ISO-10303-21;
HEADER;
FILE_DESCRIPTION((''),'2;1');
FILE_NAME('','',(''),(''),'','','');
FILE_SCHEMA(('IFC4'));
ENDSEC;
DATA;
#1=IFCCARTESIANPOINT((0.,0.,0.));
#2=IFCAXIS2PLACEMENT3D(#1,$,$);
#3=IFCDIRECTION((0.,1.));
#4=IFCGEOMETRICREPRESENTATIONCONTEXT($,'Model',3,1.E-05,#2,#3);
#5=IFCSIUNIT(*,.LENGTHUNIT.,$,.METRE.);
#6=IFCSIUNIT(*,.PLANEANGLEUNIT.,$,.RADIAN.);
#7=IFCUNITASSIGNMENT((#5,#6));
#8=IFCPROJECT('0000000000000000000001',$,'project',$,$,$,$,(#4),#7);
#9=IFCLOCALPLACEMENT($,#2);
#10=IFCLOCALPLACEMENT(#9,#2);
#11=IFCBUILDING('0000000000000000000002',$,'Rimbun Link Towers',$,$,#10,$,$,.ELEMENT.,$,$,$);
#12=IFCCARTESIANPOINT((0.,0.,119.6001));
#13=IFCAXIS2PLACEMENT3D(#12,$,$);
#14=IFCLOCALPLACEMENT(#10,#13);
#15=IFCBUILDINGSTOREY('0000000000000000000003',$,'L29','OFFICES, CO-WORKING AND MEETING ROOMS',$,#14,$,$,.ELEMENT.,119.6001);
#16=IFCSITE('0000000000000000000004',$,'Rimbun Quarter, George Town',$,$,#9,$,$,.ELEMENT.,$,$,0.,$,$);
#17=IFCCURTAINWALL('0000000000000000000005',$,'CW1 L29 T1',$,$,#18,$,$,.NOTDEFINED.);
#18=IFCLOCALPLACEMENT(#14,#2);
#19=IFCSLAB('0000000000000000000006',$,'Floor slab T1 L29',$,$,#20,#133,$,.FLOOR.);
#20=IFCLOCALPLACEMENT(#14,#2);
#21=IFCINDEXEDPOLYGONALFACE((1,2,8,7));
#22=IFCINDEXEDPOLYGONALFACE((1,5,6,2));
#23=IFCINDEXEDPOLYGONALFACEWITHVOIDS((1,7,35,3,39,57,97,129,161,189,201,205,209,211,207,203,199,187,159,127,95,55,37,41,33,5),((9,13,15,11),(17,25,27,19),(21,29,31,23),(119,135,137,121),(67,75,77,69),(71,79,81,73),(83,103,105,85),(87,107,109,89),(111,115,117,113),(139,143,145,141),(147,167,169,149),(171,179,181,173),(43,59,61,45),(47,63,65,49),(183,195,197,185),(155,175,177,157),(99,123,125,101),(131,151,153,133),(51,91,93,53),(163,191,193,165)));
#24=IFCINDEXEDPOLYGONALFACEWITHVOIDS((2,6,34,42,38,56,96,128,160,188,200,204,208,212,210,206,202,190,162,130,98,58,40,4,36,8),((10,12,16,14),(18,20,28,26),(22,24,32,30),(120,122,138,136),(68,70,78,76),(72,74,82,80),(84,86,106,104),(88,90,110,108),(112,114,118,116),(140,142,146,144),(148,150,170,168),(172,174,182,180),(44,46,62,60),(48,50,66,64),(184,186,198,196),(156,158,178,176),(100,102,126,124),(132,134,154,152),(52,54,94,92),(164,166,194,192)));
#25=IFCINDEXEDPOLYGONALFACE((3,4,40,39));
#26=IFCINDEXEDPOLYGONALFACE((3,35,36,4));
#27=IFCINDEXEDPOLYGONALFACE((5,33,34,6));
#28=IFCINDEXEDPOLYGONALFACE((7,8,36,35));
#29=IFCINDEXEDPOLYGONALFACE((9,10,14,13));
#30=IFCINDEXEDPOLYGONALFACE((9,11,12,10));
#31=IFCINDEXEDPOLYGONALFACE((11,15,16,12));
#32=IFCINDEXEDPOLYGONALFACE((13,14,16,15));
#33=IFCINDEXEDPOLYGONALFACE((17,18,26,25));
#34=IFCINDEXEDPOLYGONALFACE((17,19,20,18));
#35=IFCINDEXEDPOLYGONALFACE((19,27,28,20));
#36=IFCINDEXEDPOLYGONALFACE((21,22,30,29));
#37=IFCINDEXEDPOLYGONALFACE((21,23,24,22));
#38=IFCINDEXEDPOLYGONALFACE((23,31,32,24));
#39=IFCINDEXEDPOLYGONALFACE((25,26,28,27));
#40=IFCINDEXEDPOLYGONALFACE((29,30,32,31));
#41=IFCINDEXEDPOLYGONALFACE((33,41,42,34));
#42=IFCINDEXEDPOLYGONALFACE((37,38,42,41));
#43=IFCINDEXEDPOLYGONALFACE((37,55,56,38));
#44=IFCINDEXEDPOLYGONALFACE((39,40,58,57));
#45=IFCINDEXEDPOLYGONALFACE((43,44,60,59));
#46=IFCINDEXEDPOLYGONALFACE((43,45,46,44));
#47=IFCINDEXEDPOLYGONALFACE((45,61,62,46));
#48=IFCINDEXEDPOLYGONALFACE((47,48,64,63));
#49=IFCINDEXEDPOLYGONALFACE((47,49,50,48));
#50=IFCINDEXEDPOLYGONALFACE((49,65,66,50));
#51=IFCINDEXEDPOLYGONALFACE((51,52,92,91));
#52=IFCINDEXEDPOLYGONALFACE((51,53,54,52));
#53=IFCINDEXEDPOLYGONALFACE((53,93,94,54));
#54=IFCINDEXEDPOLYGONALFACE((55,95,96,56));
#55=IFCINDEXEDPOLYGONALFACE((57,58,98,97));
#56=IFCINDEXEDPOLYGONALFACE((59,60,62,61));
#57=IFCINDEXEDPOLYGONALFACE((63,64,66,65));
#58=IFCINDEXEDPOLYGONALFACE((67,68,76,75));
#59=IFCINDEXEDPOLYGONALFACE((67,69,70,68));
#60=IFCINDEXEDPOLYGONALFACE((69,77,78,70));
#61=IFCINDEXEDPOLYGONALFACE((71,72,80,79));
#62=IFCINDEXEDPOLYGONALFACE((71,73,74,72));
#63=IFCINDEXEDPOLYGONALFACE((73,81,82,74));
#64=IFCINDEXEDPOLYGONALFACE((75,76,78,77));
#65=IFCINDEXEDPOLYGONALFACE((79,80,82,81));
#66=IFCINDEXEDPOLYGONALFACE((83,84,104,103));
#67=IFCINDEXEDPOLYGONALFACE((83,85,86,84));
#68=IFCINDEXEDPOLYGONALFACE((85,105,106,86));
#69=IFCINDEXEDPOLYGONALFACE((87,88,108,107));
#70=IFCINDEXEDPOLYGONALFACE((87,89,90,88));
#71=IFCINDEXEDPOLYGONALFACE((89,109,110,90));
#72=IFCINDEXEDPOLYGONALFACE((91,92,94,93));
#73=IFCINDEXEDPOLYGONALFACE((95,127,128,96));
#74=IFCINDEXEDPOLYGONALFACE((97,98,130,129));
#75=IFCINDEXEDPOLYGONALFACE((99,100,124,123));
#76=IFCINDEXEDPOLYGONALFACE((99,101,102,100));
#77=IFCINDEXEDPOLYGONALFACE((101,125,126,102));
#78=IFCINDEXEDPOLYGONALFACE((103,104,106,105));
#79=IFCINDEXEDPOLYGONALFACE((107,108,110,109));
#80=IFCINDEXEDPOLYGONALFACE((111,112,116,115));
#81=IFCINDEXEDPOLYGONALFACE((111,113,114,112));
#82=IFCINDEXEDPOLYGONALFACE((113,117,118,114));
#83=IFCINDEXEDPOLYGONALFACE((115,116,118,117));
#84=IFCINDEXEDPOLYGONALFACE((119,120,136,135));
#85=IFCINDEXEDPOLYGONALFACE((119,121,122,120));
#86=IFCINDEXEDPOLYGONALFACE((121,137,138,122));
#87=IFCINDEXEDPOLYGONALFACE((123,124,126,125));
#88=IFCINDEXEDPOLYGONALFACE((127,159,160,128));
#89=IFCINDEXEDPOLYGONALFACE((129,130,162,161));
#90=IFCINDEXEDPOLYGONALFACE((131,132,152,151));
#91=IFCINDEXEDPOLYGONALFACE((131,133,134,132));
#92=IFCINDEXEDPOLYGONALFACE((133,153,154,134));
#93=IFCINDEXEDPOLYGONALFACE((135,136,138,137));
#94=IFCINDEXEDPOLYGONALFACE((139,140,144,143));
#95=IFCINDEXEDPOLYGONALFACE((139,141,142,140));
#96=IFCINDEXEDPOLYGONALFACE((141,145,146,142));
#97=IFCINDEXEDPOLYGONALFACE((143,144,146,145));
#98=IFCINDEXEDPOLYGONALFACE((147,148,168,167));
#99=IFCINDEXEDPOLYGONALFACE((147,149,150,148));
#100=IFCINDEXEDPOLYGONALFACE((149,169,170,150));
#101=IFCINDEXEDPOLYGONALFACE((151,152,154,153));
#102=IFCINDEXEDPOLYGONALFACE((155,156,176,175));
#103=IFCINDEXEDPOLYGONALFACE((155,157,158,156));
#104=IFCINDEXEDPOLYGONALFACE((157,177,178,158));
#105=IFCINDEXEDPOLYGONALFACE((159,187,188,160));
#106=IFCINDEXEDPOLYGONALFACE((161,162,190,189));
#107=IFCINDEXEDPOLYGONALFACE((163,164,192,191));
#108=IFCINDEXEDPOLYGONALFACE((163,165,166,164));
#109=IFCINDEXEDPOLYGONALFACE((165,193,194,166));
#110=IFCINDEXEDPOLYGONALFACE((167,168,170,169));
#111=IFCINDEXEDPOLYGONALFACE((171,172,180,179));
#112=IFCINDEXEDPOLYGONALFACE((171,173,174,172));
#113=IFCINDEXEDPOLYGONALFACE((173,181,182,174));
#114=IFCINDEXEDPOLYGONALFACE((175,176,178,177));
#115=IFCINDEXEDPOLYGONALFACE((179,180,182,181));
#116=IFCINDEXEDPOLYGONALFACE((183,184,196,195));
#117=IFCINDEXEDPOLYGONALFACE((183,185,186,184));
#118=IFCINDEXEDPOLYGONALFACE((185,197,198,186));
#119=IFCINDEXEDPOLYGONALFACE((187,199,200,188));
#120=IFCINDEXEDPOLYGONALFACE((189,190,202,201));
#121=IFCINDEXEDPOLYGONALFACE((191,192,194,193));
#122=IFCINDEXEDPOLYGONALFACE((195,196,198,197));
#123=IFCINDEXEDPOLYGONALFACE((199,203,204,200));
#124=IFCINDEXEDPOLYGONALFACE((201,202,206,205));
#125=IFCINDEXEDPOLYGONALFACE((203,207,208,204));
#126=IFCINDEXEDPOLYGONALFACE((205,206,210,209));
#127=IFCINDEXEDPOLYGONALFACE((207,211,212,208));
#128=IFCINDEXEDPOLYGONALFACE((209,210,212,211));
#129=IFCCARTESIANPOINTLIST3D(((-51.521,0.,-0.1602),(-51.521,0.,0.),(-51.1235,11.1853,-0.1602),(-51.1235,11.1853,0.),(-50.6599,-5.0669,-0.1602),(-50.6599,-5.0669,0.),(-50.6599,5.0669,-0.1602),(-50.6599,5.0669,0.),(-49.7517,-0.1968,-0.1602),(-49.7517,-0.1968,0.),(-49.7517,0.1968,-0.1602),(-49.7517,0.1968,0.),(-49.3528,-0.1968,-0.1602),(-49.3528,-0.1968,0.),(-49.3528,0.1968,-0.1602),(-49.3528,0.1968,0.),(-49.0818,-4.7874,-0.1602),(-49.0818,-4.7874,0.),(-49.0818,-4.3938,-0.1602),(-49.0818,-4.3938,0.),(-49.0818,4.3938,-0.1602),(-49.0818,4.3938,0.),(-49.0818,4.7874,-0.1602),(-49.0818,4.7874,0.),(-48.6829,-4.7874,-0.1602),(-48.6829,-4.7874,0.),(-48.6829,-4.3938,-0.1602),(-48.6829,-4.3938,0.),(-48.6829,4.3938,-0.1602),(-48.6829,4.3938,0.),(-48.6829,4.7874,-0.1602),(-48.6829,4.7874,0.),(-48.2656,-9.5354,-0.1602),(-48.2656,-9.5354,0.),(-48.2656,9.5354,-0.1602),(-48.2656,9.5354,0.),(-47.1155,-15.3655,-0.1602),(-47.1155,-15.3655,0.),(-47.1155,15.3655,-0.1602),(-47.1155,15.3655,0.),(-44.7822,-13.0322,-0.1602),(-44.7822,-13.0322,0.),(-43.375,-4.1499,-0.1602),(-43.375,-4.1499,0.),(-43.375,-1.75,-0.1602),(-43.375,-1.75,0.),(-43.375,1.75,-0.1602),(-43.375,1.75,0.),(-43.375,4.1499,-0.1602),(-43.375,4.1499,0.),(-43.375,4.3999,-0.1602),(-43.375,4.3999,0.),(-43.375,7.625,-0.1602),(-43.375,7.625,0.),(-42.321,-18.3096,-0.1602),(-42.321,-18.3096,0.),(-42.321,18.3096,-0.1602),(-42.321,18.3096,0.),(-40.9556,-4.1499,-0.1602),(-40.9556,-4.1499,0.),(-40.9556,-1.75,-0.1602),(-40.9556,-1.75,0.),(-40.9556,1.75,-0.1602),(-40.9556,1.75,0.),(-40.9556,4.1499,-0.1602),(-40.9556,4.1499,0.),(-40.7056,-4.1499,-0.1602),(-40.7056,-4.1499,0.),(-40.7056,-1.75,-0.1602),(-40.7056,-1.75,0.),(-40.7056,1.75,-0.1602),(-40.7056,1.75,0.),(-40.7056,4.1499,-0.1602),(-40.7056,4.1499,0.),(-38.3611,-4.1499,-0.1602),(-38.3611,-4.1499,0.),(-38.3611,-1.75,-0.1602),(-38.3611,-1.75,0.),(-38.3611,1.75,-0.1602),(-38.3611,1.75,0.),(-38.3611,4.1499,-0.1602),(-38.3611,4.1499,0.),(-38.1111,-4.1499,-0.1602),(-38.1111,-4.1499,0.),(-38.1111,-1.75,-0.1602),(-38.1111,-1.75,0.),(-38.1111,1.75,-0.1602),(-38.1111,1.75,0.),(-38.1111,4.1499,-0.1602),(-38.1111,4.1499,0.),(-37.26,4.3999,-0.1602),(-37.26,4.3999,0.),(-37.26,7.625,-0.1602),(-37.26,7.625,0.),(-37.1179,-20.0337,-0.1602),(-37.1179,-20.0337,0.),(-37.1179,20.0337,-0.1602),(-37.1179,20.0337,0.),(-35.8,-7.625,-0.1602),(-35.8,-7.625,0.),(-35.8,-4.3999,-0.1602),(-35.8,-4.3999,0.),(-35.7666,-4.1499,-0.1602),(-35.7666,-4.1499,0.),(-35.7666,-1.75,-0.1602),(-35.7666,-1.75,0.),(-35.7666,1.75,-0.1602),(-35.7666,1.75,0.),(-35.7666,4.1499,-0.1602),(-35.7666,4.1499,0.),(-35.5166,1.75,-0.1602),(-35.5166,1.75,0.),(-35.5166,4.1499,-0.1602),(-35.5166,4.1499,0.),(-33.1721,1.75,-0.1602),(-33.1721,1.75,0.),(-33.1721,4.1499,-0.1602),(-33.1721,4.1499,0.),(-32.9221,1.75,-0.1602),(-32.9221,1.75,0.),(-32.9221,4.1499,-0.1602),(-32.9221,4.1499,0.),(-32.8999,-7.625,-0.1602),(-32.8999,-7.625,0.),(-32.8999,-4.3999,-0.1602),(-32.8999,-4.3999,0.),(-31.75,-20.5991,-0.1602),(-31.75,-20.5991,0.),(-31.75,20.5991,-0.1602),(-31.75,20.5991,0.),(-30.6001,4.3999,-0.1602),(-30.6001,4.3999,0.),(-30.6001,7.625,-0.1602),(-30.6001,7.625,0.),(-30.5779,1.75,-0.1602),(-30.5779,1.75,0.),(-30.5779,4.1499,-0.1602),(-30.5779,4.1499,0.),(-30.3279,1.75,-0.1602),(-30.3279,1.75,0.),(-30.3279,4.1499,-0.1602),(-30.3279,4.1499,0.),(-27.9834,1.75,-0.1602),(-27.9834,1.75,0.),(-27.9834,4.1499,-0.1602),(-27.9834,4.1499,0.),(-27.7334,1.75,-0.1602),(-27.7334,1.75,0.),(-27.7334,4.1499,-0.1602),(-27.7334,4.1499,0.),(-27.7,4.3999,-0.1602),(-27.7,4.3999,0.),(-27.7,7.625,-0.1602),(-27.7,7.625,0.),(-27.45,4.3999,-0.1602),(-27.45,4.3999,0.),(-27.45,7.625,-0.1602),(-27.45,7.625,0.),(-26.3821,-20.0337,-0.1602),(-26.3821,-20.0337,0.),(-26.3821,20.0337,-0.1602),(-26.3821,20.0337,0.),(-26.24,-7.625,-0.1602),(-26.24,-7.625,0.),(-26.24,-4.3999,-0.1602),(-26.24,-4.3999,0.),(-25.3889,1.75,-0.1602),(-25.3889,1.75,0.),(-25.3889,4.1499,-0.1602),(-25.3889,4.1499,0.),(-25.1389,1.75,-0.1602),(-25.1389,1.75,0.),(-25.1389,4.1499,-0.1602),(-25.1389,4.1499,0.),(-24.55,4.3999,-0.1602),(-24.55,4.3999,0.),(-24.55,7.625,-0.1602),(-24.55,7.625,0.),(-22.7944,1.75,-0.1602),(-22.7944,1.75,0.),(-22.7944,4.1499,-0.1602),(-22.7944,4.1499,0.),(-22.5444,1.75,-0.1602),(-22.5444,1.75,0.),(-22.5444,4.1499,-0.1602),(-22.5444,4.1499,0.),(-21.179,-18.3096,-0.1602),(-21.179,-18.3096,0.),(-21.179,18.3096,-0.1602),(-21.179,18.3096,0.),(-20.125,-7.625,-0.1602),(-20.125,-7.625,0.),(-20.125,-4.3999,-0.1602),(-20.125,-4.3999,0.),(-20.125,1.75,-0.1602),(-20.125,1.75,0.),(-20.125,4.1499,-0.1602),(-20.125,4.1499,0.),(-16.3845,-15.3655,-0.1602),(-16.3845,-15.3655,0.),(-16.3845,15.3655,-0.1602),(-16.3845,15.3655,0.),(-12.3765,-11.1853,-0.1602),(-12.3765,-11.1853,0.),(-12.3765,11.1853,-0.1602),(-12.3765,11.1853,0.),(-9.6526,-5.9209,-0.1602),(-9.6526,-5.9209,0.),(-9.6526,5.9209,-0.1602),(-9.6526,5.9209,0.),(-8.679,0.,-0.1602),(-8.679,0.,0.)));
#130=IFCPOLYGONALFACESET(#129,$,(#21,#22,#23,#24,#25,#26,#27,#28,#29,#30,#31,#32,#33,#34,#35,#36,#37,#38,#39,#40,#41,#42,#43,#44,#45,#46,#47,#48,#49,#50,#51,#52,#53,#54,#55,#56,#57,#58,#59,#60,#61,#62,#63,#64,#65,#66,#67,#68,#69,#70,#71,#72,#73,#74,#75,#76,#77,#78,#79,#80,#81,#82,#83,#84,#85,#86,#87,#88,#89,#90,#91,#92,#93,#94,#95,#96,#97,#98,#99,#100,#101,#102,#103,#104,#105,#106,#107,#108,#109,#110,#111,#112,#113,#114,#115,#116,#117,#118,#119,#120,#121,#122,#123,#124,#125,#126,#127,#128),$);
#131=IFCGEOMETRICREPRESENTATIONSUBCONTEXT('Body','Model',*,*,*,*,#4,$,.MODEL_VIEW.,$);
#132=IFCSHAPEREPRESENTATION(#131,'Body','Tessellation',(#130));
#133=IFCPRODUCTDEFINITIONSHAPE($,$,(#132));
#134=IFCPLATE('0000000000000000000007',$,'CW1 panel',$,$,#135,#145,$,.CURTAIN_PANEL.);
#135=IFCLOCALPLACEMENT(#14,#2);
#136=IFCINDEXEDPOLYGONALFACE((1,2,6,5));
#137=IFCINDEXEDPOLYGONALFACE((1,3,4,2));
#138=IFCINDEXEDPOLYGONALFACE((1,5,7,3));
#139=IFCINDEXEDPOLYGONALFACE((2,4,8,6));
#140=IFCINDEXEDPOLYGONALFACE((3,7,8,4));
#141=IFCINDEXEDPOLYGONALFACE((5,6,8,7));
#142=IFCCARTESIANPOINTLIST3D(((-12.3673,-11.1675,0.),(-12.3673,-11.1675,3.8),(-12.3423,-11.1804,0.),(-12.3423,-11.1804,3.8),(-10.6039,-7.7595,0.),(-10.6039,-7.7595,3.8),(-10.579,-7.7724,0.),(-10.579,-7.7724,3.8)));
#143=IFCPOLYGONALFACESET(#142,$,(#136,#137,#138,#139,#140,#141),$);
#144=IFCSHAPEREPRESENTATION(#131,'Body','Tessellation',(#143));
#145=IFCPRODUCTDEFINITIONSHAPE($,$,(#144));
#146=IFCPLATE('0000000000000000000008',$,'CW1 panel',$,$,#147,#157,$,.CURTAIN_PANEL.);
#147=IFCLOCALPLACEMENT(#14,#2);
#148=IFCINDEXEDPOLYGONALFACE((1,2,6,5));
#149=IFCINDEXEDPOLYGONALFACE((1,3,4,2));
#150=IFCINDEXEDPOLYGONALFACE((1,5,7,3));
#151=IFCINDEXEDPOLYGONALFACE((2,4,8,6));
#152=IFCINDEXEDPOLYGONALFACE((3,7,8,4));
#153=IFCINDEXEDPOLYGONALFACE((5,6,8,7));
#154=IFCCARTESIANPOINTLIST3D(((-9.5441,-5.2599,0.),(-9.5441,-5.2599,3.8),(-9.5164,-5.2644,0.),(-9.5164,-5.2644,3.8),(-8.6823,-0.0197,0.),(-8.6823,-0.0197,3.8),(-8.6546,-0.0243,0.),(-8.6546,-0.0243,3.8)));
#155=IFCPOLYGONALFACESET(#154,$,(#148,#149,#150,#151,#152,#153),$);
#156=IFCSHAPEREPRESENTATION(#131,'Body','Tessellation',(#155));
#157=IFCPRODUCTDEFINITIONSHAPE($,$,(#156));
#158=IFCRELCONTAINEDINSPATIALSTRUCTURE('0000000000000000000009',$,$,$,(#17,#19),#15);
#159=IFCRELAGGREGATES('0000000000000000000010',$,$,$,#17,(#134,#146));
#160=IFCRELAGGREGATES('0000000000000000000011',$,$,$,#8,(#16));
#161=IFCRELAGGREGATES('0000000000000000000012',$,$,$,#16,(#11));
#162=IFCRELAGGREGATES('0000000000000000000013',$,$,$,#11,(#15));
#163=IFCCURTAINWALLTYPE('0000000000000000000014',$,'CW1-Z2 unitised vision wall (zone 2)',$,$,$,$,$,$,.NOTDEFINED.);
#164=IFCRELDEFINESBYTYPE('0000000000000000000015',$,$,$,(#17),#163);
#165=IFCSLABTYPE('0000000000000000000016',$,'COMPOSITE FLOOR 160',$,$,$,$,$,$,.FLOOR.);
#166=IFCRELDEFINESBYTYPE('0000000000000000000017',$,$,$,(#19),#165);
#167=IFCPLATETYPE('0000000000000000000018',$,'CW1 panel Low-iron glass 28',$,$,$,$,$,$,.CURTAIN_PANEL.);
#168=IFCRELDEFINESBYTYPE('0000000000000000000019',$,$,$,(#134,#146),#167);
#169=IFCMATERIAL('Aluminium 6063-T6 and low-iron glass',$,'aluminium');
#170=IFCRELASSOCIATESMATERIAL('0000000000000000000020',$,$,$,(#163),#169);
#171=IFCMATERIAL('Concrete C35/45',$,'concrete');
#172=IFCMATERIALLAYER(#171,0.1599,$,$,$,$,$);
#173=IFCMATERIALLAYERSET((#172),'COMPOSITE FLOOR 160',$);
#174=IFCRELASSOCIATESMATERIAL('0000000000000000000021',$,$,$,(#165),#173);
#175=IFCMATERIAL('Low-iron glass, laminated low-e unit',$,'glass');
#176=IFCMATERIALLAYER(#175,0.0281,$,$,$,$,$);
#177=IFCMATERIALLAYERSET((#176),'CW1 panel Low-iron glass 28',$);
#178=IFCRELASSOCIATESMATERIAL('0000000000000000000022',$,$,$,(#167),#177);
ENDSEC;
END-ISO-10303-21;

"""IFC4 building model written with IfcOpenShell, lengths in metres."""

from ifc_helpers import new_model, si_unit, direction, frame, origin, origin_2d, place, context, subcontext, project, spatial, polyline, rectangle, outline, extrude, material, layer, layer_set, type_object, element, aggregate, save


model = new_model("IFC4")

# Units and contexts
model_context = context("Model", 3, precision=1e-05, world=origin(), true_north=direction((0.0, 1.0)))
body_context = subcontext(model_context, "Body", "Model", "MODEL_VIEW")
ifc_project = project(units=[si_unit("LENGTHUNIT", "METRE"), si_unit("PLANEANGLEUNIT", "RADIAN")], contexts=[model_context])

# Site, building, storey
site_placement = place(None, origin())
site = spatial("IfcSite", under=ifc_project, at=site_placement, Name="Rimbun Quarter, George Town", CompositionType="ELEMENT", RefElevation=0.0)
building_placement = place(site_placement, origin())
building = spatial("IfcBuilding", under=site, at=building_placement, Name="Rimbun Link Towers", CompositionType="ELEMENT")
storey_placement = place(building_placement, frame((0.0, 0.0, 119.6001)))
storey = spatial("IfcBuildingStorey", under=building, at=storey_placement, Name="L29", Description="OFFICES, CO-WORKING AND MEETING ROOMS", CompositionType="ELEMENT", Elevation=119.6001)

# Curtain wall
ifc_material_1 = material(Name="Aluminium 6063-T6 and low-iron glass", Category="aluminium")
curtain_wall_type = type_object("IfcCurtainWallType", Name="CW1-Z2 unitised vision wall (zone 2)", PredefinedType="NOTDEFINED", material=ifc_material_1)
curtain_wall_placement = place(storey_placement, origin())
curtain_wall = element("IfcCurtainWall", 1, at=curtain_wall_placement, inside=storey, type_object=curtain_wall_type, Name="CW1 L29 T1", PredefinedType="NOTDEFINED")

# Slab
ifc_material_2 = material(Name="Concrete C35/45", Category="concrete")
ifc_layer_1 = layer(ifc_material_2, 0.1599)
ifc_layer_set_1 = layer_set([ifc_layer_1], Name="COMPOSITE FLOOR 160")
slab_type = type_object("IfcSlabType", Name="COMPOSITE FLOOR 160", PredefinedType="FLOOR", material=ifc_layer_set_1)
slab_placement = place(storey_placement, frame((0.0, 0.0, -0.1602)))
element("IfcSlab", 2, at=slab_placement, inside=storey, type_object=slab_type, Name="Floor slab T1 L29", PredefinedType="FLOOR", context=body_context, shape_type="SweptSolid", body=[
    extrude(outline(polyline([(-47.1155, 15.3655), (-42.321, 18.3096), (-37.1179, 20.0337), (-31.75, 20.5991), (-26.3821, 20.0337), (-21.179, 18.3096), (-16.3845, 15.3655), (-12.3765, 11.1853), (-9.6526, 5.9209), (-8.679, 0.0), (-9.6526, -5.9209), (-12.3765, -11.1853), (-16.3845, -15.3655), (-21.179, -18.3096), (-26.3821, -20.0337), (-31.75, -20.5991), (-37.1179, -20.0337), (-42.321, -18.3096), (-47.1155, -15.3655), (-44.7822, -13.0322), (-48.2656, -9.5354), (-50.6599, -5.0669), (-51.521, 0.0), (-50.6599, 5.0669), (-48.2656, 9.5354), (-51.1235, 11.1853), (-47.1155, 15.3655)]), holes=[polyline([(-48.6829, -4.7874), (-48.6829, -4.3938), (-49.0818, -4.3938), (-49.0818, -4.7874), (-48.6829, -4.7874)]), polyline([(-40.9556, -4.1499), (-40.9556, -1.75), (-43.375, -1.75), (-43.375, -4.1499), (-40.9556, -4.1499)]), polyline([(-38.3611, -4.1499), (-38.3611, -1.75), (-40.7056, -1.75), (-40.7056, -4.1499), (-38.3611, -4.1499)]), polyline([(-38.1111, -4.1499), (-35.7666, -4.1499), (-35.7666, -1.75), (-38.1111, -1.75), (-38.1111, -4.1499)]), polyline([(-49.7517, -0.1968), (-49.3528, -0.1968), (-49.3528, 0.1968), (-49.7517, 0.1968), (-49.7517, -0.1968)]), polyline([(-40.9556, 1.75), (-40.9556, 4.1499), (-43.375, 4.1499), (-43.375, 1.75), (-40.9556, 1.75)]), polyline([(-38.3611, 1.75), (-38.3611, 4.1499), (-40.7056, 4.1499), (-40.7056, 1.75), (-38.3611, 1.75)]), polyline([(-35.7666, 1.75), (-35.7666, 4.1499), (-38.1111, 4.1499), (-38.1111, 1.75), (-35.7666, 1.75)]), polyline([(-49.0818, 4.3938), (-48.6829, 4.3938), (-48.6829, 4.7874), (-49.0818, 4.7874), (-49.0818, 4.3938)]), polyline([(-43.375, 4.3999), (-37.26, 4.3999), (-37.26, 7.625), (-43.375, 7.625), (-43.375, 4.3999)]), polyline([(-32.8999, -7.625), (-32.8999, -4.3999), (-35.8, -4.3999), (-35.8, -7.625), (-32.8999, -7.625)]), polyline([(-20.125, -7.625), (-20.125, -4.3999), (-26.24, -4.3999), (-26.24, -7.625), (-20.125, -7.625)]), polyline([(-33.1721, 1.75), (-33.1721, 4.1499), (-35.5166, 4.1499), (-35.5166, 1.75), (-33.1721, 1.75)]), polyline([(-32.9221, 1.75), (-30.5779, 1.75), (-30.5779, 4.1499), (-32.9221, 4.1499), (-32.9221, 1.75)]), polyline([(-30.3279, 1.75), (-27.9834, 1.75), (-27.9834, 4.1499), (-30.3279, 4.1499), (-30.3279, 1.75)]), polyline([(-25.3889, 1.75), (-25.3889, 4.1499), (-27.7334, 4.1499), (-27.7334, 1.75), (-25.3889, 1.75)]), polyline([(-22.7944, 1.75), (-22.7944, 4.1499), (-25.1389, 4.1499), (-25.1389, 1.75), (-22.7944, 1.75)]), polyline([(-20.125, 1.75), (-20.125, 4.1499), (-22.5444, 4.1499), (-22.5444, 1.75), (-20.125, 1.75)]), polyline([(-30.6001, 4.3999), (-27.7, 4.3999), (-27.7, 7.625), (-30.6001, 7.625), (-30.6001, 4.3999)]), polyline([(-27.45, 4.3999), (-24.55, 4.3999), (-24.55, 7.625), (-27.45, 7.625), (-27.45, 4.3999)])]), origin(), (0.0, 0.0, 1.0), 0.1602),
])

# Plates
ifc_material_3 = material(Name="Low-iron glass, laminated low-e unit", Category="glass")
ifc_layer_2 = layer(ifc_material_3, 0.0281)
ifc_layer_set_2 = layer_set([ifc_layer_2], Name="CW1 panel Low-iron glass 28")
plate_type = type_object("IfcPlateType", Name="CW1 panel Low-iron glass 28", PredefinedType="CURTAIN_PANEL", material=ifc_layer_set_2)
plate_1_placement = place(storey_placement, frame((-11.4731, -9.47, 0.0), z_axis=(0.0, 0.0, 1.0), x_axis=(-0.459541, -0.888157, 0.0)))
plate_1 = element("IfcPlate", 3, at=plate_1_placement, type_object=plate_type, Name="CW1 panel", PredefinedType="CURTAIN_PANEL", context=body_context, shape_type="SweptSolid", body=[
    extrude(rectangle(XDim=3.8372, YDim=0.0281, at=origin_2d()), origin(), (0.0, 0.0, 1.0), 3.8),
])
plate_2_placement = place(storey_placement, frame((-9.0994, -2.6421, 0.0), z_axis=(0.0, 0.0, 1.0), x_axis=(-0.162269, -0.986747, 0.0)))
plate_2 = element("IfcPlate", 4, at=plate_2_placement, type_object=plate_type, Name="CW1 panel", PredefinedType="CURTAIN_PANEL", context=body_context, shape_type="SweptSolid", body=[
    extrude(rectangle(XDim=5.3105, YDim=0.0281, at=origin_2d()), origin(), (0.0, 0.0, 1.0), 3.8),
])
aggregate(curtain_wall, [plate_1, plate_2])

save(model, "model.ifc")
